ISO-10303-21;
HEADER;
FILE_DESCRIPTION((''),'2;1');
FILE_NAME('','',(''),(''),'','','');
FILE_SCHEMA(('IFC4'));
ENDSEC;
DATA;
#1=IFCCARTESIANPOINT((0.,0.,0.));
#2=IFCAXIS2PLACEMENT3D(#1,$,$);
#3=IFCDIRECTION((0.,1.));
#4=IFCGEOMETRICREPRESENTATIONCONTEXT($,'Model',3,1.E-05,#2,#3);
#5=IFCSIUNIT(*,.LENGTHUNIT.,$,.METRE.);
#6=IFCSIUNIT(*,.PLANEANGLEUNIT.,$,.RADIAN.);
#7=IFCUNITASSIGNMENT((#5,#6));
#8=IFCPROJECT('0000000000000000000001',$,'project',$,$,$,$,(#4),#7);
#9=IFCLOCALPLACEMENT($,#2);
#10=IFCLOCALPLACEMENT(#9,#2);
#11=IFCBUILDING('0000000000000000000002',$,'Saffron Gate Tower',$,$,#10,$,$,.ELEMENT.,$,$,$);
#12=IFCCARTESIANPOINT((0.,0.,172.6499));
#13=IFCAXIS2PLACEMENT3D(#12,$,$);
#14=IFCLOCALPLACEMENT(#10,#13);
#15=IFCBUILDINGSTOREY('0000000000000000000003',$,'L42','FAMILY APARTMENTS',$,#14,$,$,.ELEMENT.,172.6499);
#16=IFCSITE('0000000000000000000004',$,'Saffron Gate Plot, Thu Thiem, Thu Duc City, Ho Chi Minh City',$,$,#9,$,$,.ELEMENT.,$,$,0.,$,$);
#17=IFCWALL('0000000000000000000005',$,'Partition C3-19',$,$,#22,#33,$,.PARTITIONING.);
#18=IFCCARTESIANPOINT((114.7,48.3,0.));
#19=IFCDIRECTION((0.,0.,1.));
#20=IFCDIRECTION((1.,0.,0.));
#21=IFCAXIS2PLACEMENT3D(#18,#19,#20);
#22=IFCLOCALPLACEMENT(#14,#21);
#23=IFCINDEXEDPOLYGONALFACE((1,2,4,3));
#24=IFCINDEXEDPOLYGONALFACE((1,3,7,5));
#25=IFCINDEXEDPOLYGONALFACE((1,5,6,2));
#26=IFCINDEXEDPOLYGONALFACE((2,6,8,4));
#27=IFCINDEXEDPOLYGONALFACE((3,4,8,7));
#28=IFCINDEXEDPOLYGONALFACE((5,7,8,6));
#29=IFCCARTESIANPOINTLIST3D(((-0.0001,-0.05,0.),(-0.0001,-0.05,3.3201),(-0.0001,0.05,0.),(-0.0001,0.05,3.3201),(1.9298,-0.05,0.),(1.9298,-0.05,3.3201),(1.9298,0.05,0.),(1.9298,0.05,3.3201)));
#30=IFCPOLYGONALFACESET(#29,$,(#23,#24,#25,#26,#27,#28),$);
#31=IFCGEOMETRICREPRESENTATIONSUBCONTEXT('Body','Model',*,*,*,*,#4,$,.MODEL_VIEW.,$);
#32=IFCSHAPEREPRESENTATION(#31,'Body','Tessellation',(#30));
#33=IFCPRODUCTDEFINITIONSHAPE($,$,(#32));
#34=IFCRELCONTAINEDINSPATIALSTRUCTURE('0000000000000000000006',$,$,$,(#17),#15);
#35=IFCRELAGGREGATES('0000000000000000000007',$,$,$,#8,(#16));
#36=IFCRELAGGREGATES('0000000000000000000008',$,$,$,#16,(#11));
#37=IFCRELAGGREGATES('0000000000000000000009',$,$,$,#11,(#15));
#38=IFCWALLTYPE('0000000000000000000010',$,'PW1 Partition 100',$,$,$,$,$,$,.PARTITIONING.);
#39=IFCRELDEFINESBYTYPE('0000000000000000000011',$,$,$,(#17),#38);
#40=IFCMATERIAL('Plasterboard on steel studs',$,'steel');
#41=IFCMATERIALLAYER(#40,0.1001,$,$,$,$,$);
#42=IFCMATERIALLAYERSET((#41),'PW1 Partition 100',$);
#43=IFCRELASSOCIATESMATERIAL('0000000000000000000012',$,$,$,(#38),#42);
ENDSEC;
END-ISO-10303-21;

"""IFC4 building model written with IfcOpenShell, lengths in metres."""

from ifc_helpers import new_model, si_unit, direction, frame, frame_2d, origin, place, context, subcontext, project, spatial, rectangle, extrude, material, layer, layer_set, type_object, element, save


model = new_model("IFC4")

# Units and contexts
model_context = context("Model", 3, precision=1e-05, world=origin(), true_north=direction((0.0, 1.0)))
body_context = subcontext(model_context, "Body", "Model", "MODEL_VIEW")
ifc_project = project(units=[si_unit("LENGTHUNIT", "METRE"), si_unit("PLANEANGLEUNIT", "RADIAN")], contexts=[model_context])

# Site, building, storey
site_placement = place(None, origin())
site = spatial("IfcSite", under=ifc_project, at=site_placement, Name="Saffron Gate Plot, Thu Thiem, Thu Duc City, Ho Chi Minh City", CompositionType="ELEMENT", RefElevation=0.0)
building_placement = place(site_placement, origin())
building = spatial("IfcBuilding", under=site, at=building_placement, Name="Saffron Gate Tower", CompositionType="ELEMENT")
storey_placement = place(building_placement, frame((0.0, 0.0, 172.6499)))
storey = spatial("IfcBuildingStorey", under=building, at=storey_placement, Name="L42", Description="FAMILY APARTMENTS", CompositionType="ELEMENT", Elevation=172.6499)

# Wall
ifc_material_1 = material(Name="Plasterboard on steel studs", Category="steel")
ifc_layer_1 = layer(ifc_material_1, 0.1001)
ifc_layer_set_1 = layer_set([ifc_layer_1], Name="PW1 Partition 100")
wall_type_1 = type_object("IfcWallType", Name="PW1 Partition 100", PredefinedType="PARTITIONING", material=ifc_layer_set_1)
wall_1_placement = place(storey_placement, frame((114.7, 48.3, 0.0), z_axis=(0.0, 0.0, 1.0), x_axis=(1.0, 0.0, 0.0)))
element("IfcWall", 1, at=wall_1_placement, inside=storey, type_object=wall_type_1, Name="Partition C3-19", PredefinedType="PARTITIONING", context=body_context, shape_type="SweptSolid", body=[
    extrude(rectangle(XDim=1.9299, YDim=0.1001, at=frame_2d((0.9648, 0.0))), origin(), (0.0, 0.0, 1.0), 3.3201),
])

save(model, "model.ifc")
